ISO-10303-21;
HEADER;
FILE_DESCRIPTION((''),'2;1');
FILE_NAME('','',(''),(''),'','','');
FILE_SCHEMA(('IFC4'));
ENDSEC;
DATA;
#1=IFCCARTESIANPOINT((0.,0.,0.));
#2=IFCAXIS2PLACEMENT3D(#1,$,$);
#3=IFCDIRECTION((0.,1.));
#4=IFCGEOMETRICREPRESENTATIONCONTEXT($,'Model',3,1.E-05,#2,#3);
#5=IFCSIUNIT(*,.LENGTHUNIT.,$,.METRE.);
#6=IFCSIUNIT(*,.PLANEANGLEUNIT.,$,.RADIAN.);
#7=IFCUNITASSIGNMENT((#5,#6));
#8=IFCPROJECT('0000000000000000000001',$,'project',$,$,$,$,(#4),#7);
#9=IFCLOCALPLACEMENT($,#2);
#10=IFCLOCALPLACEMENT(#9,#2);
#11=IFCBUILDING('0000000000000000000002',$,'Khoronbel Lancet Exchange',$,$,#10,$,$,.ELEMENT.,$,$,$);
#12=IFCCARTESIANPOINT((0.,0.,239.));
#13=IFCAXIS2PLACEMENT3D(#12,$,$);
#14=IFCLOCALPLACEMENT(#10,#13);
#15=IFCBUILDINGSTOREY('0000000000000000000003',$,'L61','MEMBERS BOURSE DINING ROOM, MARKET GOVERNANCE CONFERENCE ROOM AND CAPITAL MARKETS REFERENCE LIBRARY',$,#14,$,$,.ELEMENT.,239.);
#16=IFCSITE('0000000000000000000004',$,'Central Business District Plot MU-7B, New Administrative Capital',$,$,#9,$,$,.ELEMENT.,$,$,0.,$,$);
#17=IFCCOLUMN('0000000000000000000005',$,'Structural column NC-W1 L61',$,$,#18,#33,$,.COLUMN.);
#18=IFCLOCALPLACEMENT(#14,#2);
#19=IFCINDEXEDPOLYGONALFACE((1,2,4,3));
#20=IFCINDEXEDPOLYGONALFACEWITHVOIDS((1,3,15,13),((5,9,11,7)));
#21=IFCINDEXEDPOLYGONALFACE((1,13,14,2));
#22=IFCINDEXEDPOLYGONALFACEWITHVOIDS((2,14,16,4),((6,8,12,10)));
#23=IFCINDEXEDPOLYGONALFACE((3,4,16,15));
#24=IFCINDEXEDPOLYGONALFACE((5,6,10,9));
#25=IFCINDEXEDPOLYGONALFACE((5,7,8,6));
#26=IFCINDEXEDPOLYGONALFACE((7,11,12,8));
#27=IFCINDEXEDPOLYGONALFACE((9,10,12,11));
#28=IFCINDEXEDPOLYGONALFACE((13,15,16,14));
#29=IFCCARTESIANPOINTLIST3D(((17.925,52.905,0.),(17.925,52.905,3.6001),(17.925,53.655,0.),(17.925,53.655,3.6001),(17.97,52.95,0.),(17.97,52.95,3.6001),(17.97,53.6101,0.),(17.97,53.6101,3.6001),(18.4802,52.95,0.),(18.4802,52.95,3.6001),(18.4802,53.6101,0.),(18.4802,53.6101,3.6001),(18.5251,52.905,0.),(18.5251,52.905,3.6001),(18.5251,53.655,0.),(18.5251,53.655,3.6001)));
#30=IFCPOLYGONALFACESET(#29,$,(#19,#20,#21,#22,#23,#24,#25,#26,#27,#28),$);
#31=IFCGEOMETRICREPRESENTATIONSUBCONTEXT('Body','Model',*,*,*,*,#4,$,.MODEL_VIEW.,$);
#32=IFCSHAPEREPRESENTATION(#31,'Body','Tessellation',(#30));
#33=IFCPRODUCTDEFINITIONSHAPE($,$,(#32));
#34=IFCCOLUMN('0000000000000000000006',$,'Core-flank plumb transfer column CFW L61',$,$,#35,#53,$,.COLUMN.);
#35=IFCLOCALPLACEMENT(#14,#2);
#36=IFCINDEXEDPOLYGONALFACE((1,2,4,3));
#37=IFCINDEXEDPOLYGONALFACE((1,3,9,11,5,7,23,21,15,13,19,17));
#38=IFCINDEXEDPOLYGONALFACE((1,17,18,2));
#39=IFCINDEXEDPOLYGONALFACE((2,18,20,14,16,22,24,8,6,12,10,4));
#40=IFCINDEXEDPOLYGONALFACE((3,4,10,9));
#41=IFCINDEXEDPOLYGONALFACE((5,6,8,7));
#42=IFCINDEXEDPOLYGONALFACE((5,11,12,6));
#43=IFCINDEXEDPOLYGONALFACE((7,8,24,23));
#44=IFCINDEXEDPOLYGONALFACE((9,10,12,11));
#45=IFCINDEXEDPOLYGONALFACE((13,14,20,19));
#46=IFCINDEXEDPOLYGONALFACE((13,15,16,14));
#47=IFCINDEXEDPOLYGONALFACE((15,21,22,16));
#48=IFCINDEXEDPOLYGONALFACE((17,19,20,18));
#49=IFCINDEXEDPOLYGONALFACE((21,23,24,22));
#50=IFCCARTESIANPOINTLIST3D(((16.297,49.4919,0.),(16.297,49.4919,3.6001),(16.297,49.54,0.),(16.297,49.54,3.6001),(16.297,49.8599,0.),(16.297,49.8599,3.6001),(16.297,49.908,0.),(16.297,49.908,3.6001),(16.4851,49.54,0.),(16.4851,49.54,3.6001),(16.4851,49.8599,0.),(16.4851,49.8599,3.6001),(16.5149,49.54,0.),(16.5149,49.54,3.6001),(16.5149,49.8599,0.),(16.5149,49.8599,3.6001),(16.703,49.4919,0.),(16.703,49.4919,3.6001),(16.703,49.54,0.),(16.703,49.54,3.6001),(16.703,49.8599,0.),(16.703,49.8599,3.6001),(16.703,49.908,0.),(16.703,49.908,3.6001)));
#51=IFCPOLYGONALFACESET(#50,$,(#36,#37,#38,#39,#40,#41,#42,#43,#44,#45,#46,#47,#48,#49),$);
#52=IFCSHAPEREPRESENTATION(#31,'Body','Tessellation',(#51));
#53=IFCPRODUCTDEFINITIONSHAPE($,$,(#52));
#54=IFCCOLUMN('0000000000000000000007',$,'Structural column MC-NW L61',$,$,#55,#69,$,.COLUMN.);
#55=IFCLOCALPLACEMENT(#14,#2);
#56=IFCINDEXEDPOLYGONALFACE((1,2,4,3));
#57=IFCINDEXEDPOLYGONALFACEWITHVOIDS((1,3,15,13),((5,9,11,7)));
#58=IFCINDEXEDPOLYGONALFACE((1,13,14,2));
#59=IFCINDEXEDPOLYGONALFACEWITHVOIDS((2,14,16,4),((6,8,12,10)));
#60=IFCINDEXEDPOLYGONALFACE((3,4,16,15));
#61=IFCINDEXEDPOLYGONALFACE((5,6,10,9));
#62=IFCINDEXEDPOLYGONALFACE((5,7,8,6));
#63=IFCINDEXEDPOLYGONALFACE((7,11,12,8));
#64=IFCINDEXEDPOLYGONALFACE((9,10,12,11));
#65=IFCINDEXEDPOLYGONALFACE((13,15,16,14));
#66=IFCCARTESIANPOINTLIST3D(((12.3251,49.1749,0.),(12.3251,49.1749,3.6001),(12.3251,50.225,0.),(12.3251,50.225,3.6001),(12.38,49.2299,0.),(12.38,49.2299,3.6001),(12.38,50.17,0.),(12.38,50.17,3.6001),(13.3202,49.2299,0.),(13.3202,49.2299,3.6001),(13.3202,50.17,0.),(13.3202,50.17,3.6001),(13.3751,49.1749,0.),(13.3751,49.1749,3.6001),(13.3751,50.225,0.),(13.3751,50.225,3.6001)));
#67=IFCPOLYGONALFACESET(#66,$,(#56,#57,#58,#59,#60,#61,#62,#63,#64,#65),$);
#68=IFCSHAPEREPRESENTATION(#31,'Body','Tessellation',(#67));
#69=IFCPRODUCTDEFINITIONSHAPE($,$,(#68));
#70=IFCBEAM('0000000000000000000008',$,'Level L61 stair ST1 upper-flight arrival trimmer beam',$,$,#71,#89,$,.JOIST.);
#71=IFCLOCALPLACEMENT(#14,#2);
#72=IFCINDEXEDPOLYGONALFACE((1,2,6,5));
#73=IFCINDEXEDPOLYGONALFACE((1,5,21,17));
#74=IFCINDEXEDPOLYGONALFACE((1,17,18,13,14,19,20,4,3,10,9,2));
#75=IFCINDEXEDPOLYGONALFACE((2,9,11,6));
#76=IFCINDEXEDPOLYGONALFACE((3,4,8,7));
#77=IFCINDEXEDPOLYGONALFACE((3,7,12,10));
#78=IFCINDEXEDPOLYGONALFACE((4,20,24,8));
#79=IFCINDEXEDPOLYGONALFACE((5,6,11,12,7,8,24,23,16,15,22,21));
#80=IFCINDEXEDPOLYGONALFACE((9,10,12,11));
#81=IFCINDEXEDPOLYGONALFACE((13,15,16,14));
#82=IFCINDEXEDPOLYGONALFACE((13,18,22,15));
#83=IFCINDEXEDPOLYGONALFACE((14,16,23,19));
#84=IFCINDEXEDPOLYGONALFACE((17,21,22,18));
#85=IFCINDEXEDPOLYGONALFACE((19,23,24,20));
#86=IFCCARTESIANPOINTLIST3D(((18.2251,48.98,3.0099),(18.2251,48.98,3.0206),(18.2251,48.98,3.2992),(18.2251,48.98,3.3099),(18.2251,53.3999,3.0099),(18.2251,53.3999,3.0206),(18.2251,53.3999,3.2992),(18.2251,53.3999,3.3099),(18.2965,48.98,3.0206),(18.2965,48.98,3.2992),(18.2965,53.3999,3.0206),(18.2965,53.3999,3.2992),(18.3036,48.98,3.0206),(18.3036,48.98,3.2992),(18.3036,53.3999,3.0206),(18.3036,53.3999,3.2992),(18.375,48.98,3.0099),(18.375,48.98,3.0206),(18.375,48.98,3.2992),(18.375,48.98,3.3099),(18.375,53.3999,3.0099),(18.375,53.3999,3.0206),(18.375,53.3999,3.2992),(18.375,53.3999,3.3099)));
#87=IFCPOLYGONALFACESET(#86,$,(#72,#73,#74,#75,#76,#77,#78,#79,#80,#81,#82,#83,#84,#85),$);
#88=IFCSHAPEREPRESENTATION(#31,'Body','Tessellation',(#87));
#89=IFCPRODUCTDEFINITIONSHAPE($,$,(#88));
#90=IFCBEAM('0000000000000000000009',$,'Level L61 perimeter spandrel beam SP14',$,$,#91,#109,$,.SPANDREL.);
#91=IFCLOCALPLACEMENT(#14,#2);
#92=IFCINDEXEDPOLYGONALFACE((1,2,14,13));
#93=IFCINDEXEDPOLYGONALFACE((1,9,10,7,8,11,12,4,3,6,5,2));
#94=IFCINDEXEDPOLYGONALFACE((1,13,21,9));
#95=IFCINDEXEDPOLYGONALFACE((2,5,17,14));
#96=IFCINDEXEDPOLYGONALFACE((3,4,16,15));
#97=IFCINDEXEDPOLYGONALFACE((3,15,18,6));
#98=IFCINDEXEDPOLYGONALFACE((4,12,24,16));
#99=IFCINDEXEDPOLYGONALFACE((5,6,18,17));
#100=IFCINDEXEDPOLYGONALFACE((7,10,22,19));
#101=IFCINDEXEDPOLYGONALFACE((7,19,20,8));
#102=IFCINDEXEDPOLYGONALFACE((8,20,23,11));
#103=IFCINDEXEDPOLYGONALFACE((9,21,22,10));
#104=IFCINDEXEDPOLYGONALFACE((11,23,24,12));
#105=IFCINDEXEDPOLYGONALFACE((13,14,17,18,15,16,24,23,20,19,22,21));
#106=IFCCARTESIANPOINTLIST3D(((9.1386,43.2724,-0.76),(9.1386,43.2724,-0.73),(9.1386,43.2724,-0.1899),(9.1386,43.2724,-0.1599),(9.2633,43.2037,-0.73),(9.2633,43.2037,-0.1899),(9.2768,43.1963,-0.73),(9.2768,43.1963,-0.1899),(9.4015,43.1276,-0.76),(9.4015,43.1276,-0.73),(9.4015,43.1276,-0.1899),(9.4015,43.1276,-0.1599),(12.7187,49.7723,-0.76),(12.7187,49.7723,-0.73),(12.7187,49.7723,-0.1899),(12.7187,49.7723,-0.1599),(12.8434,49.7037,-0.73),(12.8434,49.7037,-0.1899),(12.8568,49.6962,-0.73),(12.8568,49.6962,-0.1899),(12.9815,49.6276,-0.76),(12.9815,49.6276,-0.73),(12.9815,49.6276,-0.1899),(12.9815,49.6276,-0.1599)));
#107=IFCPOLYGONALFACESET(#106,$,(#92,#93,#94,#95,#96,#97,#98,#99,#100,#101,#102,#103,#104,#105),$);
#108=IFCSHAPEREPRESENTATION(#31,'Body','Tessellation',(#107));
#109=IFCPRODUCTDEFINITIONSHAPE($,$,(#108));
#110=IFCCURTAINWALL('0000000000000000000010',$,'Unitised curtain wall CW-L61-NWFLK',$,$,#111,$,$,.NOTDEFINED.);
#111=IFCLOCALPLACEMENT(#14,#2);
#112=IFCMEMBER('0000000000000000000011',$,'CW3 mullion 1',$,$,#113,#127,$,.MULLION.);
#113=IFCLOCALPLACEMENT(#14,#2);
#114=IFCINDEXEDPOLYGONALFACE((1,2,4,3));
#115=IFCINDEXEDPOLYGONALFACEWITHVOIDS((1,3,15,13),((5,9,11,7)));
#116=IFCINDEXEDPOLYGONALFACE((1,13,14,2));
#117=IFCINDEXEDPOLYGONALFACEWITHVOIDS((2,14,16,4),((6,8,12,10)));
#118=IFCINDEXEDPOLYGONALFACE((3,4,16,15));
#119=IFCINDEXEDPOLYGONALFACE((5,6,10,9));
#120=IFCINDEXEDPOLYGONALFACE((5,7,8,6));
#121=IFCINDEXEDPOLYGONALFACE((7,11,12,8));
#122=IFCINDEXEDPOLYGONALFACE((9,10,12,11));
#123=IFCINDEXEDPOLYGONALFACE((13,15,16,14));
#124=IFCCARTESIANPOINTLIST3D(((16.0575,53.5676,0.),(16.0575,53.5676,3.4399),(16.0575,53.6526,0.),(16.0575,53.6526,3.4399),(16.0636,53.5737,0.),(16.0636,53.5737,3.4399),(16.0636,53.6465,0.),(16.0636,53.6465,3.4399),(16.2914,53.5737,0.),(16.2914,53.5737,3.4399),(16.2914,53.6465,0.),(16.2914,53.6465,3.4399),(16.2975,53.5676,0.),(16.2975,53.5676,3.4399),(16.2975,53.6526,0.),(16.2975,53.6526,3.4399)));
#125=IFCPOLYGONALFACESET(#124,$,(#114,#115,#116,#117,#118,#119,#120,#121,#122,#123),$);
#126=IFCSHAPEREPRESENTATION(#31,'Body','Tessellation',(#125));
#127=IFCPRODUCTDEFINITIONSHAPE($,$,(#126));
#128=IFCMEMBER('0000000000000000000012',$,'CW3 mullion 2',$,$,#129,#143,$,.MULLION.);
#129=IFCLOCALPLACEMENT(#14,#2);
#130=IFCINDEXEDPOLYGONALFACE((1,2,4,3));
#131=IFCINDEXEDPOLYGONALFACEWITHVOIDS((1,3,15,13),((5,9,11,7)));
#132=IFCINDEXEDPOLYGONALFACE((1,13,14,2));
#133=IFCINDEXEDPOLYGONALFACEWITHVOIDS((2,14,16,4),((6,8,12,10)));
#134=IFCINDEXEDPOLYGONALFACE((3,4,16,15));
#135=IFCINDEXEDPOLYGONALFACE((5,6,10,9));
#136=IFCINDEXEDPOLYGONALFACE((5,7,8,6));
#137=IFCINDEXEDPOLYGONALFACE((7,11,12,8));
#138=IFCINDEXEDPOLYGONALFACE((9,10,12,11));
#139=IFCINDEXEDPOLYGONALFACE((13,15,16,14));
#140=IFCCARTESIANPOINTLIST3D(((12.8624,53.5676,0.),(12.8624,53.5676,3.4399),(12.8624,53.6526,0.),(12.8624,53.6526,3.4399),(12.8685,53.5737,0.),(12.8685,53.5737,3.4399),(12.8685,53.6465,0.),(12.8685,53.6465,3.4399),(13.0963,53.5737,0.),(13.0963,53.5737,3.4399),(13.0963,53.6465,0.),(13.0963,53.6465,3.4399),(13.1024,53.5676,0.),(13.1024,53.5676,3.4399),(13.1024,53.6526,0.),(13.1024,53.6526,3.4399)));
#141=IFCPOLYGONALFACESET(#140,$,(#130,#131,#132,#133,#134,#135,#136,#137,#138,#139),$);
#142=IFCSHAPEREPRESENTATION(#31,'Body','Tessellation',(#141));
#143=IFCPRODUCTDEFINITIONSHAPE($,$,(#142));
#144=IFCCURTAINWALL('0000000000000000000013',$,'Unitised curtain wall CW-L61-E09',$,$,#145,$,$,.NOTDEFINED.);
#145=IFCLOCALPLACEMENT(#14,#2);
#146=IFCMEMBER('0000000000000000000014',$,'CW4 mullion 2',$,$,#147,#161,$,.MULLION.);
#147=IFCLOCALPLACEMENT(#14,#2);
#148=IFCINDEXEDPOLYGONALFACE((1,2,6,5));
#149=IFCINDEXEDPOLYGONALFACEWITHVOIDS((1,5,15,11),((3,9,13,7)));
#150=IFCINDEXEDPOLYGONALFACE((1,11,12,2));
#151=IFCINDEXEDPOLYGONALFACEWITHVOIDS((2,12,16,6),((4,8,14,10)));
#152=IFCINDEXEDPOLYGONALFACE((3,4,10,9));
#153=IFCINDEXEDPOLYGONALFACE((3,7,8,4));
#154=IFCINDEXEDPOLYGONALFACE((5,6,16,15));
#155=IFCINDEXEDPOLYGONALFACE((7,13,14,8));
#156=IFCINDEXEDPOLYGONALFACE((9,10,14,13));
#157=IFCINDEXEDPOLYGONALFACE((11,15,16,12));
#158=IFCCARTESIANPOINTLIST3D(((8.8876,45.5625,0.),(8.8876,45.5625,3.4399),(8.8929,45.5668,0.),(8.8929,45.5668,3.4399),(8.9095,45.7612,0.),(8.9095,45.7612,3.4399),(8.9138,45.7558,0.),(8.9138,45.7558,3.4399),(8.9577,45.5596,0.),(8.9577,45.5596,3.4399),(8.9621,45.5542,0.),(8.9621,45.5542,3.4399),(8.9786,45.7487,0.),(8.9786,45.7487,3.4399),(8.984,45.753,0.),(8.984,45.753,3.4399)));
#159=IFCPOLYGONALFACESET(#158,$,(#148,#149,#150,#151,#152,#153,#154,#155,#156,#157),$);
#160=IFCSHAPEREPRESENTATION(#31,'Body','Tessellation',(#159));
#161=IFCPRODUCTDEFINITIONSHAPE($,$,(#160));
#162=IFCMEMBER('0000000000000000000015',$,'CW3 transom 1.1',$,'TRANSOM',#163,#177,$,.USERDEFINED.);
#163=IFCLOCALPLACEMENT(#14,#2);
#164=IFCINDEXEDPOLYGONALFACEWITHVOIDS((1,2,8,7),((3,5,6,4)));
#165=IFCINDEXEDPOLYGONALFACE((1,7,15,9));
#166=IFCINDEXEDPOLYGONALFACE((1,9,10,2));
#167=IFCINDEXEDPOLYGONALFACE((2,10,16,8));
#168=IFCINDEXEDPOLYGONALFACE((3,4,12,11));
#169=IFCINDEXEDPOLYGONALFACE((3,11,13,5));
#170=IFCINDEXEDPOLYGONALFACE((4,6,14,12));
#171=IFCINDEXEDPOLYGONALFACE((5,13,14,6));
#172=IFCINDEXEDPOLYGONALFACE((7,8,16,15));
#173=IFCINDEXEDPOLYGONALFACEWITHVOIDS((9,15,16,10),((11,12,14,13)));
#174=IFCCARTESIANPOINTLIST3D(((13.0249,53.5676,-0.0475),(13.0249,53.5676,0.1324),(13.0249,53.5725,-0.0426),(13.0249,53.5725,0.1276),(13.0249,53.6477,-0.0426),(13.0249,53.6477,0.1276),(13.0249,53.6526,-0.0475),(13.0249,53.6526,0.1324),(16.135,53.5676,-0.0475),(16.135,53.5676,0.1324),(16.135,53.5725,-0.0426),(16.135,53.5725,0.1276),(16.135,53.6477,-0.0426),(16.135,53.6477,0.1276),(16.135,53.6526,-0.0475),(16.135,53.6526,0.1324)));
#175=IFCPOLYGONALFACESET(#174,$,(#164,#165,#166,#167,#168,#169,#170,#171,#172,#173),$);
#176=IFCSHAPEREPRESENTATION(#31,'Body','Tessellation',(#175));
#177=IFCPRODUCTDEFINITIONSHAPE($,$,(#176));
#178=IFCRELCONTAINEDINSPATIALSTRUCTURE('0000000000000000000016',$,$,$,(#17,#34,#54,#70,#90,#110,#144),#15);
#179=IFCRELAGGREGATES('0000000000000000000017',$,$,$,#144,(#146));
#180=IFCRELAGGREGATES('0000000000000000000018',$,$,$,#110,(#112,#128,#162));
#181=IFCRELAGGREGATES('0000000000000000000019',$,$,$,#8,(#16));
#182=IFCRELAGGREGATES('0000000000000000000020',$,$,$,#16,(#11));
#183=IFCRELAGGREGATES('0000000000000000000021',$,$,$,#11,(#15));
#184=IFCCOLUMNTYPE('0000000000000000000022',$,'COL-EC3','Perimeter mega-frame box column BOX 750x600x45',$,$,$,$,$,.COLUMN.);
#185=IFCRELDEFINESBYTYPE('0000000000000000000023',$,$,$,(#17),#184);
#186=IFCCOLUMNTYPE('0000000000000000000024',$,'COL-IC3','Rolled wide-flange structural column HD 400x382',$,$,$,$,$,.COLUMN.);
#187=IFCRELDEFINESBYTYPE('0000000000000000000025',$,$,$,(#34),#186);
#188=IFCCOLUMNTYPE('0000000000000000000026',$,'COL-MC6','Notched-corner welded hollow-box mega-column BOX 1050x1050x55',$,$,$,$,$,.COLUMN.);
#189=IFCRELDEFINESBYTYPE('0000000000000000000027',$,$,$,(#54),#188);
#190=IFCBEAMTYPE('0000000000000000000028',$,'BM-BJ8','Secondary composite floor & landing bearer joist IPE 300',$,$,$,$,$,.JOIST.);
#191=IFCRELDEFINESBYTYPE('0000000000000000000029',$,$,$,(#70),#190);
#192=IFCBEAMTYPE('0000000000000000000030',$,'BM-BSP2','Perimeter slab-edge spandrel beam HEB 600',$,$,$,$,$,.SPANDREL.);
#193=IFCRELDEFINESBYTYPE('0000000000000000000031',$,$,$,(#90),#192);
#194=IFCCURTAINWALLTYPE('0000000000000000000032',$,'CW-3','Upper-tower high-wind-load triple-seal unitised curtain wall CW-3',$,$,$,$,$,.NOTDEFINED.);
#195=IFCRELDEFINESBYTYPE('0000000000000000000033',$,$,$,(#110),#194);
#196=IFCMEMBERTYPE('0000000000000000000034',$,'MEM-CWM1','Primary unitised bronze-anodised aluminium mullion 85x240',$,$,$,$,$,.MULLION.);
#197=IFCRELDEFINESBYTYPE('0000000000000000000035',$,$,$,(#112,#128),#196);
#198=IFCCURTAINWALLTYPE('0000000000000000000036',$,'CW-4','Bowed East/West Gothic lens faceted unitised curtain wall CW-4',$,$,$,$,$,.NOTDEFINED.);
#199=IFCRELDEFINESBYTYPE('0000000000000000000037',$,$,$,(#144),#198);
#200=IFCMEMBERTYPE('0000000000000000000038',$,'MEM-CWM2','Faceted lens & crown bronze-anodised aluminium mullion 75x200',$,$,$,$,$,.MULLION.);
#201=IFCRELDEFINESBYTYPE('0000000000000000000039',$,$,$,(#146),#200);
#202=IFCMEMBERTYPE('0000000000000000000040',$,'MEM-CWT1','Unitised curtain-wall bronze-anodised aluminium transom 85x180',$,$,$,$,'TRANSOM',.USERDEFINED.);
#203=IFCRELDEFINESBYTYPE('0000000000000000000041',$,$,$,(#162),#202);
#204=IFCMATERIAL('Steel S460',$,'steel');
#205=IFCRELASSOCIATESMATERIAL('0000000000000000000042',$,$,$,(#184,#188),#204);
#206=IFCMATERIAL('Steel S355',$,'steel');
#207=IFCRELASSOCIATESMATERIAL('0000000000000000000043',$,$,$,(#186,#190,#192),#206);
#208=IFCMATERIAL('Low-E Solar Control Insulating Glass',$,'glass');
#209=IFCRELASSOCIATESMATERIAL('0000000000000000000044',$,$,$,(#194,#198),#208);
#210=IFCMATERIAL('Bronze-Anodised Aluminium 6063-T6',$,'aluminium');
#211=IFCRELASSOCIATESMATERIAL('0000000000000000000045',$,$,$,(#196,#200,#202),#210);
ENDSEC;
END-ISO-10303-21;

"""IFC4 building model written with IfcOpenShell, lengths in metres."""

from ifc_helpers import new_model, si_unit, direction, frame, origin, origin_2d, place, context, subcontext, project, spatial, hollow_rectangle, i_section, extrude, material, material_profile, profile_set, type_object, element, aggregate, save


model = new_model("IFC4")

# Units and contexts
model_context = context("Model", 3, precision=1e-05, world=origin(), true_north=direction((0.0, 1.0)))
body_context = subcontext(model_context, "Body", "Model", "MODEL_VIEW")
ifc_project = project(units=[si_unit("LENGTHUNIT", "METRE"), si_unit("PLANEANGLEUNIT", "RADIAN")], contexts=[model_context])

# Site, building, storey
site_placement = place(None, origin())
site = spatial("IfcSite", under=ifc_project, at=site_placement, Name="Central Business District Plot MU-7B, New Administrative Capital", CompositionType="ELEMENT", RefElevation=0.0)
building_placement = place(site_placement, origin())
building = spatial("IfcBuilding", under=site, at=building_placement, Name="Khoronbel Lancet Exchange", CompositionType="ELEMENT")
storey_placement = place(building_placement, frame((0.0, 0.0, 239.0)))
storey = spatial("IfcBuildingStorey", under=building, at=storey_placement, Name="L61", Description="MEMBERS BOURSE DINING ROOM, MARKET GOVERNANCE CONFERENCE ROOM AND CAPITAL MARKETS REFERENCE LIBRARY", CompositionType="ELEMENT", Elevation=239.0)

# Columns
ifc_material_1 = material(Name="Steel S460", Category="steel")
ifc_material_profile_1 = material_profile(ifc_material_1, hollow_rectangle(XDim=0.6001, YDim=0.75, WallThickness=0.0449, at=origin_2d()), Name="BOX 750x600x45")
ifc_profile_set_1 = profile_set([ifc_material_profile_1], Name="Steel S460")
column_type_1 = type_object("IfcColumnType", Name="COL-EC3", Description="Perimeter mega-frame box column BOX 750x600x45", PredefinedType="COLUMN", material=ifc_profile_set_1)
column_1_placement = place(storey_placement, frame((18.2251, 53.28, 0.0), z_axis=(0.0, 0.0, 1.0), x_axis=(1.0, 0.0, 0.0)))
element("IfcColumn", 1, at=column_1_placement, inside=storey, type_object=column_type_1, Name="Structural column NC-W1 L61", PredefinedType="COLUMN", context=body_context, shape_type="SweptSolid", body=[
    extrude(hollow_rectangle(XDim=0.6001, YDim=0.75, WallThickness=0.0449, at=origin_2d()), origin(), (0.0, 0.0, 1.0), 3.6001),
])
ifc_material_2 = material(Name="Steel S355", Category="steel")
ifc_material_profile_2 = material_profile(ifc_material_2, i_section(OverallWidth=0.406, OverallDepth=0.416, WebThickness=0.0298, FlangeThickness=0.0481, at=origin_2d()), Name="HD 400x382")
ifc_profile_set_2 = profile_set([ifc_material_profile_2], Name="Steel S355")
column_type_2 = type_object("IfcColumnType", Name="COL-IC3", Description="Rolled wide-flange structural column HD 400x382", PredefinedType="COLUMN", material=ifc_profile_set_2)
column_2_placement = place(storey_placement, frame((16.5, 49.7, 0.0), z_axis=(0.0, 0.0, 1.0), x_axis=(1.0, 0.0, 0.0)))
element("IfcColumn", 2, at=column_2_placement, inside=storey, type_object=column_type_2, Name="Core-flank plumb transfer column CFW L61", PredefinedType="COLUMN", context=body_context, shape_type="SweptSolid", body=[
    extrude(i_section(OverallWidth=0.406, OverallDepth=0.416, WebThickness=0.0298, FlangeThickness=0.0481, at=origin_2d()), origin(), (0.0, 0.0, 1.0), 3.6001),
])
ifc_material_profile_3 = material_profile(ifc_material_1, hollow_rectangle(XDim=1.05, YDim=1.05, WallThickness=0.0549, at=origin_2d()), Name="BOX 1050x1050x55")
ifc_profile_set_3 = profile_set([ifc_material_profile_3], Name="Steel S460")
column_type_3 = type_object("IfcColumnType", Name="COL-MC6", Description="Notched-corner welded hollow-box mega-column BOX 1050x1050x55", PredefinedType="COLUMN", material=ifc_profile_set_3)
column_3_placement = place(storey_placement, frame((12.8501, 49.7, 0.0), z_axis=(0.0, 0.0, 1.0), x_axis=(1.0, 0.0, 0.0)))
element("IfcColumn", 3, at=column_3_placement, inside=storey, type_object=column_type_3, Name="Structural column MC-NW L61", PredefinedType="COLUMN", context=body_context, shape_type="SweptSolid", body=[
    extrude(hollow_rectangle(XDim=1.05, YDim=1.05, WallThickness=0.0549, at=origin_2d()), origin(), (0.0, 0.0, 1.0), 3.6001),
])

# Beams
ifc_material_profile_4 = material_profile(ifc_material_2, i_section(OverallWidth=0.1499, OverallDepth=0.3, WebThickness=0.0071, FlangeThickness=0.0107, at=origin_2d()), Name="IPE 300")
ifc_profile_set_4 = profile_set([ifc_material_profile_4], Name="Steel S355")
beam_type_1 = type_object("IfcBeamType", Name="BM-BJ8", Description="Secondary composite floor & landing bearer joist IPE 300", PredefinedType="JOIST", material=ifc_profile_set_4)
beam_1_placement = place(storey_placement, frame((18.3, 48.98, 3.1599), z_axis=(0.0, 1.0, 0.0), x_axis=(-1.0, 0.0, 0.0)))
element("IfcBeam", 4, at=beam_1_placement, inside=storey, type_object=beam_type_1, Name="Level L61 stair ST1 upper-flight arrival trimmer beam", PredefinedType="JOIST", context=body_context, shape_type="SweptSolid", body=[
    extrude(i_section(OverallWidth=0.1499, OverallDepth=0.3, WebThickness=0.0071, FlangeThickness=0.0107, at=origin_2d()), origin(), (0.0, 0.0, 1.0), 4.4199),
])
ifc_material_profile_5 = material_profile(ifc_material_2, i_section(OverallWidth=0.3, OverallDepth=0.6001, WebThickness=0.0154, FlangeThickness=0.03, at=origin_2d()), Name="HEB 600")
ifc_profile_set_5 = profile_set([ifc_material_profile_5], Name="Steel S355")
beam_type_2 = type_object("IfcBeamType", Name="BM-BSP2", Description="Perimeter slab-edge spandrel beam HEB 600", PredefinedType="SPANDREL", material=ifc_profile_set_5)
beam_2_placement = place(storey_placement, frame((12.8501, 49.7, -0.46), z_axis=(-0.482444, -0.875927, 0.0), x_axis=(0.875927, -0.482444, 0.0)))
element("IfcBeam", 5, at=beam_2_placement, inside=storey, type_object=beam_type_2, Name="Level L61 perimeter spandrel beam SP14", PredefinedType="SPANDREL", context=body_context, shape_type="SweptSolid", body=[
    extrude(i_section(OverallWidth=0.3, OverallDepth=0.6001, WebThickness=0.0154, FlangeThickness=0.03, at=origin_2d()), origin(), (0.0, 0.0, 1.0), 7.4207),
])

# Curtain wall, members
ifc_material_3 = material(Name="Low-E Solar Control Insulating Glass", Category="glass")
curtain_wall_type_1 = type_object("IfcCurtainWallType", Name="CW-3", Description="Upper-tower high-wind-load triple-seal unitised curtain wall CW-3", PredefinedType="NOTDEFINED", material=ifc_material_3)
curtain_wall_1_placement = place(storey_placement, origin())
curtain_wall_1 = element("IfcCurtainWall", 6, at=curtain_wall_1_placement, inside=storey, type_object=curtain_wall_type_1, Name="Unitised curtain wall CW-L61-NWFLK", PredefinedType="NOTDEFINED")
ifc_material_4 = material(Name="Bronze-Anodised Aluminium 6063-T6", Category="aluminium")
ifc_material_profile_6 = material_profile(ifc_material_4, hollow_rectangle(XDim=0.085, YDim=0.24, WallThickness=0.0061, at=origin_2d()), Name="ALU MULLION 85x240")
ifc_profile_set_6 = profile_set([ifc_material_profile_6], Name="Bronze-Anodised Aluminium 6063-T6")
member_type_1 = type_object("IfcMemberType", Name="MEM-CWM1", Description="Primary unitised bronze-anodised aluminium mullion 85x240", PredefinedType="MULLION", material=ifc_profile_set_6)
member_1_placement = place(storey_placement, frame((16.1775, 53.6101, 0.0), z_axis=(0.0, 0.0, 1.0), x_axis=(0.0, -1.0, 0.0)))
member_1 = element("IfcMember", 7, at=member_1_placement, type_object=member_type_1, Name="CW3 mullion 1", PredefinedType="MULLION", context=body_context, shape_type="SweptSolid", body=[
    extrude(hollow_rectangle(XDim=0.085, YDim=0.24, WallThickness=0.0061, at=origin_2d()), origin(), (0.0, 0.0, 1.0), 3.4399),
])
member_2_placement = place(storey_placement, frame((12.9824, 53.6101, 0.0), z_axis=(0.0, 0.0, 1.0), x_axis=(0.0, -1.0, 0.0)))
member_2 = element("IfcMember", 8, at=member_2_placement, type_object=member_type_1, Name="CW3 mullion 2", PredefinedType="MULLION", context=body_context, shape_type="SweptSolid", body=[
    extrude(hollow_rectangle(XDim=0.085, YDim=0.24, WallThickness=0.0061, at=origin_2d()), origin(), (0.0, 0.0, 1.0), 3.4399),
])

# Curtain wall, member
curtain_wall_type_2 = type_object("IfcCurtainWallType", Name="CW-4", Description="Bowed East/West Gothic lens faceted unitised curtain wall CW-4", PredefinedType="NOTDEFINED", material=ifc_material_3)
curtain_wall_2_placement = place(storey_placement, origin())
curtain_wall_2 = element("IfcCurtainWall", 9, at=curtain_wall_2_placement, inside=storey, type_object=curtain_wall_type_2, Name="Unitised curtain wall CW-L61-E09", PredefinedType="NOTDEFINED")
ifc_material_profile_7 = material_profile(ifc_material_4, hollow_rectangle(XDim=0.075, YDim=0.2, WallThickness=0.0049, at=origin_2d()), Name="ALU MULLION 75x200")
ifc_profile_set_7 = profile_set([ifc_material_profile_7], Name="Bronze-Anodised Aluminium 6063-T6")
member_type_2 = type_object("IfcMemberType", Name="MEM-CWM2", Description="Faceted lens & crown bronze-anodised aluminium mullion 75x200", PredefinedType="MULLION", material=ifc_profile_set_7)
member_3_placement = place(storey_placement, frame((8.9358, 45.6577, 0.0), z_axis=(0.0, 0.0, 1.0), x_axis=(-0.993947, 0.109858, 0.0)))
member_3 = element("IfcMember", 10, at=member_3_placement, type_object=member_type_2, Name="CW4 mullion 2", PredefinedType="MULLION", context=body_context, shape_type="SweptSolid", body=[
    extrude(hollow_rectangle(XDim=0.075, YDim=0.2, WallThickness=0.0049, at=origin_2d()), origin(), (0.0, 0.0, 1.0), 3.4399),
])
aggregate(curtain_wall_2, [member_3])

# Member
ifc_material_profile_8 = material_profile(ifc_material_4, hollow_rectangle(XDim=0.085, YDim=0.1799, WallThickness=0.0049, at=origin_2d()), Name="ALU TRANSOM 85x180")
ifc_profile_set_8 = profile_set([ifc_material_profile_8], Name="Bronze-Anodised Aluminium 6063-T6")
member_type_3 = type_object("IfcMemberType", Name="MEM-CWT1", Description="Unitised curtain-wall bronze-anodised aluminium transom 85x180", ElementType="TRANSOM", PredefinedType="USERDEFINED", material=ifc_profile_set_8)
member_4_placement = place(storey_placement, frame((16.135, 53.6101, 0.0425), z_axis=(-1.0, 0.0, 0.0), x_axis=(0.0, -1.0, 0.0)))
member_4 = element("IfcMember", 11, at=member_4_placement, type_object=member_type_3, Name="CW3 transom 1.1", ObjectType="TRANSOM", PredefinedType="USERDEFINED", context=body_context, shape_type="SweptSolid", body=[
    extrude(hollow_rectangle(XDim=0.085, YDim=0.1799, WallThickness=0.0049, at=origin_2d()), origin(), (0.0, 0.0, 1.0), 3.1101),
])

aggregate(curtain_wall_1, [member_1, member_2, member_4])

save(model, "model.ifc")
